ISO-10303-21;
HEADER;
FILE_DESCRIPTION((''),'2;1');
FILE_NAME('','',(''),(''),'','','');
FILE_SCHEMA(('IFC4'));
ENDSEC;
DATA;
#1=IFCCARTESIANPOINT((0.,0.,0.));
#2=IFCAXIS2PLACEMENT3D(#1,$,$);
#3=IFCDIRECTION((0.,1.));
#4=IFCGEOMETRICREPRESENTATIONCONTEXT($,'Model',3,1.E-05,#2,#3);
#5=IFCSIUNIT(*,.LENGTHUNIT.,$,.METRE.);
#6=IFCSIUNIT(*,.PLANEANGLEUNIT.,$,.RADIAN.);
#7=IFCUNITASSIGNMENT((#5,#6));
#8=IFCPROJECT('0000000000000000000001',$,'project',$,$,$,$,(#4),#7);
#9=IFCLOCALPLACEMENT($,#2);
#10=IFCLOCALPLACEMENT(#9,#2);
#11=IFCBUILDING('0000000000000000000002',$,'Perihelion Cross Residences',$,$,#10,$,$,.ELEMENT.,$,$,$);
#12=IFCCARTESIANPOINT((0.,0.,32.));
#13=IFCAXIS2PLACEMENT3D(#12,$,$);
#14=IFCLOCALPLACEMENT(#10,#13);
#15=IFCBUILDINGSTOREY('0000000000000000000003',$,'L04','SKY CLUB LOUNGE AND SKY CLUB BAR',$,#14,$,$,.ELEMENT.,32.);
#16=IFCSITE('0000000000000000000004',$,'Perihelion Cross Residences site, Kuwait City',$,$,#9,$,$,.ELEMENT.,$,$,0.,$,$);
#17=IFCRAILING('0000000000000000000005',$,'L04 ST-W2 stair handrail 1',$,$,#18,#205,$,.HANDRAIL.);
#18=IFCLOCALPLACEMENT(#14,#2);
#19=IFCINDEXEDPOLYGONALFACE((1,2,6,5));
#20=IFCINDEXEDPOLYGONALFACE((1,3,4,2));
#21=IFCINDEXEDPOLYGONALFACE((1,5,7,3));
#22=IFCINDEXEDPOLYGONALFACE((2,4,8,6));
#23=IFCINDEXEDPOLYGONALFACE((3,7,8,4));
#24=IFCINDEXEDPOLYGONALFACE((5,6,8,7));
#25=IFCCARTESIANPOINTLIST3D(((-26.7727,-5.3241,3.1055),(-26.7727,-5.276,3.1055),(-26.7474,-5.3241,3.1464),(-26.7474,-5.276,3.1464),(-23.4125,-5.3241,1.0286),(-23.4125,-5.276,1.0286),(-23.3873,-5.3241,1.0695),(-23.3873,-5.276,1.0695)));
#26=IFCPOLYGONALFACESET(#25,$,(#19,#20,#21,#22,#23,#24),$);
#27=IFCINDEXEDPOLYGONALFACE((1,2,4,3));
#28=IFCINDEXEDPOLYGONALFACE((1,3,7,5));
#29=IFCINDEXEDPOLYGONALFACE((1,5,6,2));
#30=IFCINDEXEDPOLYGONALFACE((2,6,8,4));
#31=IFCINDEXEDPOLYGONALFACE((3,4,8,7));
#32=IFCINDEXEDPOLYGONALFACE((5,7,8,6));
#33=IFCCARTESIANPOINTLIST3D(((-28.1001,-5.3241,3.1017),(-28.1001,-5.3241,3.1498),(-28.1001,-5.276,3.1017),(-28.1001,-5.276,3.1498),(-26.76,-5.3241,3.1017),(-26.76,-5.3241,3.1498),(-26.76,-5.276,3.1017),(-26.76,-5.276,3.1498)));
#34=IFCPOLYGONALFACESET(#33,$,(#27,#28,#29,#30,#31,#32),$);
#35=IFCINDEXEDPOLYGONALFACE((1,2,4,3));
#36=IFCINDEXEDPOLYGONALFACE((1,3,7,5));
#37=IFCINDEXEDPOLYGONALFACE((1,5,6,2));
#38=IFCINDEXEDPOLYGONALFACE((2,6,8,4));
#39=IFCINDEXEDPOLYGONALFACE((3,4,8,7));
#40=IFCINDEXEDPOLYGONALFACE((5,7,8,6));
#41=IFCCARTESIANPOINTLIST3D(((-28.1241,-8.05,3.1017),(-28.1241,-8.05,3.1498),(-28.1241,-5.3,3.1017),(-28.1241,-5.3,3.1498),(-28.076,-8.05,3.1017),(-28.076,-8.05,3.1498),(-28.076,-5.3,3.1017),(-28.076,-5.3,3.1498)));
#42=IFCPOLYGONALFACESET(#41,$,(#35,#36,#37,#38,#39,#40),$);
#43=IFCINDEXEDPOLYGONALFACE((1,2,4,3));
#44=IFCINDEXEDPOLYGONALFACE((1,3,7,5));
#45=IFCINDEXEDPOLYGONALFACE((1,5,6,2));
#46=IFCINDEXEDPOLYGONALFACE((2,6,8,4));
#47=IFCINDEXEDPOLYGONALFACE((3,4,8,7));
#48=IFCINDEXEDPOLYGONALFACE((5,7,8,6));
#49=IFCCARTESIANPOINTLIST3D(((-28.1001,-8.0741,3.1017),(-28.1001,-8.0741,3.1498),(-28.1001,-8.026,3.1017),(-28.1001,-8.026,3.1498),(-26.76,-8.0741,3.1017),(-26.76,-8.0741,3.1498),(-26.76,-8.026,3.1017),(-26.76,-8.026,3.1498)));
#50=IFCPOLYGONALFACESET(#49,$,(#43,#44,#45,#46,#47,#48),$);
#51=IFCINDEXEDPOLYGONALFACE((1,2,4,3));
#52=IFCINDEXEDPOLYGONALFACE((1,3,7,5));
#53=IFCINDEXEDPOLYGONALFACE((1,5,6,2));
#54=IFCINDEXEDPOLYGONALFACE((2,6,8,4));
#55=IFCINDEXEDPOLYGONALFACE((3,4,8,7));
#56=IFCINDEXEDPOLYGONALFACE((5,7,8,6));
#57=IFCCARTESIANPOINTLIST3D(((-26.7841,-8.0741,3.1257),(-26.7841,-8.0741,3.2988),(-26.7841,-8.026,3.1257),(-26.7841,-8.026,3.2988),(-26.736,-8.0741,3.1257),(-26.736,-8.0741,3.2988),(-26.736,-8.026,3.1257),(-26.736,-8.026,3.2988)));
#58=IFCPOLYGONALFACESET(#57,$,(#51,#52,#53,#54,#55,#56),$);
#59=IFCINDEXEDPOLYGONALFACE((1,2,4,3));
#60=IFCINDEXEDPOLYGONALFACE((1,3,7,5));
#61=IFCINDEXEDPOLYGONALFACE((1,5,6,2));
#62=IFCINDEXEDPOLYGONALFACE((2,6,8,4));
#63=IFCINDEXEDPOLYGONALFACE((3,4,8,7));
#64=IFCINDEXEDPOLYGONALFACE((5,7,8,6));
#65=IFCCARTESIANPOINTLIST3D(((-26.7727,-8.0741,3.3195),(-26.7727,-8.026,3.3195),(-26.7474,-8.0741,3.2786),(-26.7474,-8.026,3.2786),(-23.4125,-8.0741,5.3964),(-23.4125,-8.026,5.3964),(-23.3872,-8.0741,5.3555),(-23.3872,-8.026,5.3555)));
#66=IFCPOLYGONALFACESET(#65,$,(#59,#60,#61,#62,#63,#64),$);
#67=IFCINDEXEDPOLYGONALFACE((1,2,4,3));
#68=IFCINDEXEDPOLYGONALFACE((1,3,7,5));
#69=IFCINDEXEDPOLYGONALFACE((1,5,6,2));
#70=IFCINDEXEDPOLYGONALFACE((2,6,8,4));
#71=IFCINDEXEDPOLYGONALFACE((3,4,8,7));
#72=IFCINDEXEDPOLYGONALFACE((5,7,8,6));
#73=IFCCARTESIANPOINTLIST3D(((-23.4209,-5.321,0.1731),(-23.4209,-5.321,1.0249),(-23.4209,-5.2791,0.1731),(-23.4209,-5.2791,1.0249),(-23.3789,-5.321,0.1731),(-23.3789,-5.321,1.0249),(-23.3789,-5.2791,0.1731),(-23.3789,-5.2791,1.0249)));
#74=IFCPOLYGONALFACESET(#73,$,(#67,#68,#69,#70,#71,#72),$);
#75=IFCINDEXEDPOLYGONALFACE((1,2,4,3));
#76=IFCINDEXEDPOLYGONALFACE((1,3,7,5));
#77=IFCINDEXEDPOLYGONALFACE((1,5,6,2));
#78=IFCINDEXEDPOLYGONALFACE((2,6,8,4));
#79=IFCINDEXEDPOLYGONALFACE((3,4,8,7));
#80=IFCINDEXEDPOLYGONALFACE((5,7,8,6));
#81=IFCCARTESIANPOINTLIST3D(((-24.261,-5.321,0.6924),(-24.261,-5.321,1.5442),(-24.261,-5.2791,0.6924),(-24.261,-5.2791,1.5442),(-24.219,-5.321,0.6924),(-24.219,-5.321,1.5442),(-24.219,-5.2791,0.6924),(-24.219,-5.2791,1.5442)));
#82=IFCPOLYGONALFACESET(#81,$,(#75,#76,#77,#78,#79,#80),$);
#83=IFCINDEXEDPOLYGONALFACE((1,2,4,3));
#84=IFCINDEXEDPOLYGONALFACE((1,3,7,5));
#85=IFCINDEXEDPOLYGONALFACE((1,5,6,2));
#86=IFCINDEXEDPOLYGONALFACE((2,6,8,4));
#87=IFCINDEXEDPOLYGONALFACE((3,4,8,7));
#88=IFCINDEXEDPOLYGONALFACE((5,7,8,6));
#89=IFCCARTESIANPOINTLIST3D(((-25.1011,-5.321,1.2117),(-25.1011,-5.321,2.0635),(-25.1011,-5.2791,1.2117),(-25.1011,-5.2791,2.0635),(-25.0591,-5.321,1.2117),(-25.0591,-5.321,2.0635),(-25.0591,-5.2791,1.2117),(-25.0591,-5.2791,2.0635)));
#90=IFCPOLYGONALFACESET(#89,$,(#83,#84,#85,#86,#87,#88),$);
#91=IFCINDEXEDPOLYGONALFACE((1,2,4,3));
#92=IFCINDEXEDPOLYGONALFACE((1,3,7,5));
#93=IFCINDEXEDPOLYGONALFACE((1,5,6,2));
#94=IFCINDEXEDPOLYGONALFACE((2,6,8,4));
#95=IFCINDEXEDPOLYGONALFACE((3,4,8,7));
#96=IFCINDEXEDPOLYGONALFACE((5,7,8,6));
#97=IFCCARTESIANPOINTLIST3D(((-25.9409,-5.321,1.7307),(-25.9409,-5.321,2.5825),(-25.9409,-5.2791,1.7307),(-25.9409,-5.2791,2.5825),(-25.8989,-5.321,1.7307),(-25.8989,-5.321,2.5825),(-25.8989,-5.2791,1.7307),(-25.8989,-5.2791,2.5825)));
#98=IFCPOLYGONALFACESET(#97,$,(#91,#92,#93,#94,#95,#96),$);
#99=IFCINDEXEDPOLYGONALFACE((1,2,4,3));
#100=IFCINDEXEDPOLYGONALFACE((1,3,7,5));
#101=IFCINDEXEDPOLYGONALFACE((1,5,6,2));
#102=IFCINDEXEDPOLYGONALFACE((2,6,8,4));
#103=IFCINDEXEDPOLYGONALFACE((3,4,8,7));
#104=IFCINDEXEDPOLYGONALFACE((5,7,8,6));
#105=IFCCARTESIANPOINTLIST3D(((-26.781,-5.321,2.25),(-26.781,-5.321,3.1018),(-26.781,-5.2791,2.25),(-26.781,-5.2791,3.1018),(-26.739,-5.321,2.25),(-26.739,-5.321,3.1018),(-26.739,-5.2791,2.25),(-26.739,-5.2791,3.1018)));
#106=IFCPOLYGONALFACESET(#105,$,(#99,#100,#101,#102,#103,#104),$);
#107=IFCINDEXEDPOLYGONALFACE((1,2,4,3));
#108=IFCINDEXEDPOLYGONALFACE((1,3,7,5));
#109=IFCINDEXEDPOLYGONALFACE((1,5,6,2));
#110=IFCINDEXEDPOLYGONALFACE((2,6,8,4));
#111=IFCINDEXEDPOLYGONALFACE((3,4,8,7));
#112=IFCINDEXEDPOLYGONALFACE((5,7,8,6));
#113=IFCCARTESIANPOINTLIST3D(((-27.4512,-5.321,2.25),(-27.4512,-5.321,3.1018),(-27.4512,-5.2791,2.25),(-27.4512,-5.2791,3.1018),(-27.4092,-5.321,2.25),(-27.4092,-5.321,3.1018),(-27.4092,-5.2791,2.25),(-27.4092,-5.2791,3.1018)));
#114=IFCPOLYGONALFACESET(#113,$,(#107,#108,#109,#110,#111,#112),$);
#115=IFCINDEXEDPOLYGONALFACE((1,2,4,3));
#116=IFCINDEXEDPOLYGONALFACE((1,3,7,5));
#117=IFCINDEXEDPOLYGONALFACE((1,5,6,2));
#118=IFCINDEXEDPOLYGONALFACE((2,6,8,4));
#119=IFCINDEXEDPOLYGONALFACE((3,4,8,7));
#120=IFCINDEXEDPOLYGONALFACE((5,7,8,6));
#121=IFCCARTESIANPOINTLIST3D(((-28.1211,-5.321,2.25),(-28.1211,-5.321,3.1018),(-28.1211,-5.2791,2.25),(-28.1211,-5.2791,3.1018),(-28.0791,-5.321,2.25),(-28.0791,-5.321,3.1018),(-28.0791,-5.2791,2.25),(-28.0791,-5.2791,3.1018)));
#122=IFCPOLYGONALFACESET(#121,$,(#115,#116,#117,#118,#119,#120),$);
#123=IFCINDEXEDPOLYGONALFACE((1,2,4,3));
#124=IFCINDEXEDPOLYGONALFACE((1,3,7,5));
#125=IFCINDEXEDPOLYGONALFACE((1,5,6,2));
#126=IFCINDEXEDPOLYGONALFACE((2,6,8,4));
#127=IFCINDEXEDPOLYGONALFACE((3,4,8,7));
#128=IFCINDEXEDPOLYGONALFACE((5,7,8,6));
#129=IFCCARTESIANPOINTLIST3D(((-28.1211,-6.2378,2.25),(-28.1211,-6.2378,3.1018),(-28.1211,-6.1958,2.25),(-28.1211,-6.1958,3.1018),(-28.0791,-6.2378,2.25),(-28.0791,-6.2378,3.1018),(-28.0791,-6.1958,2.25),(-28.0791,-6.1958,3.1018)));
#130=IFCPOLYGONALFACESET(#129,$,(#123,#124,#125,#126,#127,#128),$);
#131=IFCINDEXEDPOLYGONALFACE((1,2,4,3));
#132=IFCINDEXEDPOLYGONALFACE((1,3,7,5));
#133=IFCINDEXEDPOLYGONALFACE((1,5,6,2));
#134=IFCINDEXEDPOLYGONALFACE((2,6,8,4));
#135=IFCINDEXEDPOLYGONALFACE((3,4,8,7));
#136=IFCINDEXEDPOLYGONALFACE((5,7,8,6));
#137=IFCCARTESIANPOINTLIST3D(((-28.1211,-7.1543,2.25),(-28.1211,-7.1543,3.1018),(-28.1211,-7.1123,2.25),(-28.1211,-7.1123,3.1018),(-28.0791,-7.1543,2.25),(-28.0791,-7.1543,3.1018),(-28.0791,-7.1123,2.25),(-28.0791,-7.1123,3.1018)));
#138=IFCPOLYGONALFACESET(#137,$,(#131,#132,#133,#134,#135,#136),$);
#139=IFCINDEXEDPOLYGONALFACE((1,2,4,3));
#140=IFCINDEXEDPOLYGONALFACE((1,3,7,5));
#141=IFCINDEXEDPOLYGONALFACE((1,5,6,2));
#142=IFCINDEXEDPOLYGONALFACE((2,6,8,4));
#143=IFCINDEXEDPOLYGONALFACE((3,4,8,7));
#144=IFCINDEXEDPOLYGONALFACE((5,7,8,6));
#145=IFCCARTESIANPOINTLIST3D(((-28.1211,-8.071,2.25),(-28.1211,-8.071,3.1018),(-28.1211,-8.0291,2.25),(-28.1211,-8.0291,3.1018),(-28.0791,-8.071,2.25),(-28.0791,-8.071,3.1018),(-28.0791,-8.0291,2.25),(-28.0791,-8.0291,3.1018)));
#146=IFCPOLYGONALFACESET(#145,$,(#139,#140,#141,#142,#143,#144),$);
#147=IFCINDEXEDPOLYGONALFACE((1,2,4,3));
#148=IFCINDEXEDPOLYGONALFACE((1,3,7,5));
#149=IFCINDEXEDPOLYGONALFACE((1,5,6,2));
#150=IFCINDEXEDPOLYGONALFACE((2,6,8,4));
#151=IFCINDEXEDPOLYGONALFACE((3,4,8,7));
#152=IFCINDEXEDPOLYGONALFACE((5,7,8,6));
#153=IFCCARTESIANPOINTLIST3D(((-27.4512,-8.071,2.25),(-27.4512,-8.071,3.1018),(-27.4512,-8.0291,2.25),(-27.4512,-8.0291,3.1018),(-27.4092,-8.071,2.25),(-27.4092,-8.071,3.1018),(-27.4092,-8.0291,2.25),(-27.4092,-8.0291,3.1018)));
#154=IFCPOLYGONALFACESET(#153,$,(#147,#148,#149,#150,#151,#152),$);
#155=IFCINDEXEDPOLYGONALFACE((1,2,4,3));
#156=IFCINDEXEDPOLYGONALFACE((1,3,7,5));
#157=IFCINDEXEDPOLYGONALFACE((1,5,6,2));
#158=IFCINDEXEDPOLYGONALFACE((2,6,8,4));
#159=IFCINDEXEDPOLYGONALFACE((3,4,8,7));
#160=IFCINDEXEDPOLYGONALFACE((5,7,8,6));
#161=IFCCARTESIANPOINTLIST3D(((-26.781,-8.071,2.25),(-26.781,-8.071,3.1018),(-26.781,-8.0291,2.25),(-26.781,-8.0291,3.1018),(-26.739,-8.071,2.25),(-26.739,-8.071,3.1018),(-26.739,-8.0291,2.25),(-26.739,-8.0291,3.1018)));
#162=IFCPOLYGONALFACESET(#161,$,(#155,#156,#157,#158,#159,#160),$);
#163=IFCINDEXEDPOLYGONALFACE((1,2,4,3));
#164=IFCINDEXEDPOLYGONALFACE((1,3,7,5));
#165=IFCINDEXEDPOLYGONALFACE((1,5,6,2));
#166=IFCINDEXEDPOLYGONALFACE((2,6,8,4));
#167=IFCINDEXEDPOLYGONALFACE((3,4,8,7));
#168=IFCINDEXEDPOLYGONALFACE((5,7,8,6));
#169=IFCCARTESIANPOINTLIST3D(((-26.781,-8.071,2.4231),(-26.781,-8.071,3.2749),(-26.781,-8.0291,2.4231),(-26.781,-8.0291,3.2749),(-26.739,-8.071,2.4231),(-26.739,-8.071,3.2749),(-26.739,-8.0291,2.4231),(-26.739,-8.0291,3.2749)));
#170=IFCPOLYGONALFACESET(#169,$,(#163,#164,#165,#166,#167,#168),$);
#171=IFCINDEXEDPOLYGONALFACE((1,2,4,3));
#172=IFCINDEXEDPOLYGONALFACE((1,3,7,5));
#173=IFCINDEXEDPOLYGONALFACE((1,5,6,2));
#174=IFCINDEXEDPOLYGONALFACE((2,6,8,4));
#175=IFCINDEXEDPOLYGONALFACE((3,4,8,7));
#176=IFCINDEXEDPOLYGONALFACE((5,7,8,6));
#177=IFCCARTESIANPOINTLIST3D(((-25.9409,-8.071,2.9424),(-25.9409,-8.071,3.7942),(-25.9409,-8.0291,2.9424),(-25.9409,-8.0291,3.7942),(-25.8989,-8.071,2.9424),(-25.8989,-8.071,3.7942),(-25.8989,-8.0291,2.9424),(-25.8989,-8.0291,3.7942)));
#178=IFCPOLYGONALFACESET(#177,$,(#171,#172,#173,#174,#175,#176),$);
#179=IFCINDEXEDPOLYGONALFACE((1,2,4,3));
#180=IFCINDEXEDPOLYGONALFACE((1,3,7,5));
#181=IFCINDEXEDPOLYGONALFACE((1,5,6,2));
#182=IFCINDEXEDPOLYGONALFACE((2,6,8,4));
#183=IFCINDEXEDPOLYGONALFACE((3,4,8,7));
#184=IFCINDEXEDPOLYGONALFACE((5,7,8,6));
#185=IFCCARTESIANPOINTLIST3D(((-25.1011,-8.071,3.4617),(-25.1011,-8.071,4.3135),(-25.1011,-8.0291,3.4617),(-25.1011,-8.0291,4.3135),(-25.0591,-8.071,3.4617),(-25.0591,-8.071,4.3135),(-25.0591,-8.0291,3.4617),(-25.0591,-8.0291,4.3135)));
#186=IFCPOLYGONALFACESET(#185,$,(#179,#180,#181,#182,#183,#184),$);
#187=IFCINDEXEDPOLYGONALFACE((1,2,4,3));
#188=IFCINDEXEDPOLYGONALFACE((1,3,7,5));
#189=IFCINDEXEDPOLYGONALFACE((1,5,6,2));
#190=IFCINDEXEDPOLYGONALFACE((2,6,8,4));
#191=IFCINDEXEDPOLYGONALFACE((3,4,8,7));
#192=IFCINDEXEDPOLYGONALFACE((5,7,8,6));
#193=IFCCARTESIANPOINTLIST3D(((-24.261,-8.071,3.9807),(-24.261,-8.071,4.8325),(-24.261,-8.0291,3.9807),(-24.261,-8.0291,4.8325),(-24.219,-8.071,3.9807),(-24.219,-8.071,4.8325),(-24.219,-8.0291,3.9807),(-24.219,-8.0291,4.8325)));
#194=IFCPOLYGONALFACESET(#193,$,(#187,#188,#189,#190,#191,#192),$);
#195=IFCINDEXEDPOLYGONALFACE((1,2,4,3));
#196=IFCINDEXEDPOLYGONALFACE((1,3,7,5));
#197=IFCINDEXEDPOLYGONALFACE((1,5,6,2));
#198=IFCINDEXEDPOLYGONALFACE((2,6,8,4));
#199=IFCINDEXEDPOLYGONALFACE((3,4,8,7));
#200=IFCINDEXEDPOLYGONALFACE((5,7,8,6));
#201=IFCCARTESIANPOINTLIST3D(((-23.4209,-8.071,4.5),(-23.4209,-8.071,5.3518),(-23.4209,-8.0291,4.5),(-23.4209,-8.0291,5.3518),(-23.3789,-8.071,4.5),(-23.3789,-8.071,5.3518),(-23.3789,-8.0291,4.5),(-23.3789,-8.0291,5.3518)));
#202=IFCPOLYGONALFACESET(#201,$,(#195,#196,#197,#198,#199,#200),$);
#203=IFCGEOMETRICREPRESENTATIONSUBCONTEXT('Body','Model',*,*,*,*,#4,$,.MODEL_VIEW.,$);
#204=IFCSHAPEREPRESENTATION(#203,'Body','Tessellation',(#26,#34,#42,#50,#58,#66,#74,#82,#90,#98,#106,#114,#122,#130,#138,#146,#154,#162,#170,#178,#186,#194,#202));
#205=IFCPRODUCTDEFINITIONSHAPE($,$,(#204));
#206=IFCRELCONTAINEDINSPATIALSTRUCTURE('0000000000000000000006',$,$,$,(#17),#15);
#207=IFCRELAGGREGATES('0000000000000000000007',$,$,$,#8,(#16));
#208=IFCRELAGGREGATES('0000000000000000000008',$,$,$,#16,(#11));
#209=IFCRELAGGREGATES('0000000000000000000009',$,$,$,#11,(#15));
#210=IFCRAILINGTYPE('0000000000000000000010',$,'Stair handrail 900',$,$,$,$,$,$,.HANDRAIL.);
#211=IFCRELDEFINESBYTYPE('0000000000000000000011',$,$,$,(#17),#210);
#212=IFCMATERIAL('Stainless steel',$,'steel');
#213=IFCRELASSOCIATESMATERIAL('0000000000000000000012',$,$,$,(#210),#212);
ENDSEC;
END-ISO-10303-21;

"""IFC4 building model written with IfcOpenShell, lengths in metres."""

from ifc_helpers import new_model, si_unit, direction, frame, origin, origin_2d, place, context, subcontext, project, spatial, rectangle, extrude, material, type_object, element, save


model = new_model("IFC4")

# Units and contexts
model_context = context("Model", 3, precision=1e-05, world=origin(), true_north=direction((0.0, 1.0)))
body_context = subcontext(model_context, "Body", "Model", "MODEL_VIEW")
ifc_project = project(units=[si_unit("LENGTHUNIT", "METRE"), si_unit("PLANEANGLEUNIT", "RADIAN")], contexts=[model_context])

# Site, building, storey
site_placement = place(None, origin())
site = spatial("IfcSite", under=ifc_project, at=site_placement, Name="Perihelion Cross Residences site, Kuwait City", CompositionType="ELEMENT", RefElevation=0.0)
building_placement = place(site_placement, origin())
building = spatial("IfcBuilding", under=site, at=building_placement, Name="Perihelion Cross Residences", CompositionType="ELEMENT")
storey_placement = place(building_placement, frame((0.0, 0.0, 32.0)))
storey = spatial("IfcBuildingStorey", under=building, at=storey_placement, Name="L04", Description="SKY CLUB LOUNGE AND SKY CLUB BAR", CompositionType="ELEMENT", Elevation=32.0)

# Railing
ifc_material_1 = material(Name="Stainless steel", Category="steel")
railing_type_1 = type_object("IfcRailingType", Name="Stair handrail 900", PredefinedType="HANDRAIL", material=ifc_material_1)
railing_1_placement = place(storey_placement, frame((-23.3999, -5.3, 0.1731)))
element("IfcRailing", 1, at=railing_1_placement, inside=storey, type_object=railing_type_1, Name="L04 ST-W2 stair handrail 1", PredefinedType="HANDRAIL", context=body_context, shape_type="SweptSolid", body=[
    extrude(rectangle(XDim=0.0481, YDim=0.0481, at=origin_2d()), frame((0.0, 0.0, 0.876), z_axis=(-0.850623, 0.0, 0.525776), x_axis=(0.0, -1.0, 0.0)), (0.0, 0.0, 1.0), 3.9502),
    extrude(rectangle(XDim=0.0481, YDim=0.0481, at=origin_2d()), frame((-3.3601, 0.0, 2.9526), z_axis=(-1.0, 0.0, 0.0), x_axis=(0.0, -1.0, 0.0)), (0.0, 0.0, 1.0), 1.3401),
    extrude(rectangle(XDim=0.0481, YDim=0.0481, at=origin_2d()), frame((-4.7002, 0.0, 2.9526), z_axis=(0.0, -1.0, 0.0), x_axis=(1.0, 0.0, 0.0)), (0.0, 0.0, 1.0), 2.75),
    extrude(rectangle(XDim=0.0481, YDim=0.0481, at=origin_2d()), frame((-4.7002, -2.75, 2.9526), z_axis=(1.0, 0.0, 0.0), x_axis=(0.0, 1.0, 0.0)), (0.0, 0.0, 1.0), 1.3401),
    extrude(rectangle(XDim=0.0481, YDim=0.0481, at=origin_2d()), frame((-3.3601, -2.75, 2.9526), z_axis=(0.0, 0.0, 1.0), x_axis=(1.0, 0.0, 0.0)), (0.0, 0.0, 1.0), 0.1731),
    extrude(rectangle(XDim=0.0481, YDim=0.0481, at=origin_2d()), frame((-3.3601, -2.75, 3.126), z_axis=(0.850623, 0.0, 0.525776), x_axis=(0.0, 1.0, 0.0)), (0.0, 0.0, 1.0), 3.9502),
    extrude(rectangle(XDim=0.042, YDim=0.042, at=origin_2d()), origin(), (0.0, 0.0, 1.0), 0.8518),
    extrude(rectangle(XDim=0.042, YDim=0.042, at=origin_2d()), frame((-0.8401, 0.0, 0.5193)), (0.0, 0.0, 1.0), 0.8518),
    extrude(rectangle(XDim=0.042, YDim=0.042, at=origin_2d()), frame((-1.6802, 0.0, 1.0386)), (0.0, 0.0, 1.0), 0.8518),
    extrude(rectangle(XDim=0.042, YDim=0.042, at=origin_2d()), frame((-2.52, 0.0, 1.5576)), (0.0, 0.0, 1.0), 0.8518),
    extrude(rectangle(XDim=0.042, YDim=0.042, at=origin_2d()), frame((-3.3601, 0.0, 2.0769)), (0.0, 0.0, 1.0), 0.8518),
    extrude(rectangle(XDim=0.042, YDim=0.042, at=origin_2d()), frame((-4.0303, 0.0, 2.0769)), (0.0, 0.0, 1.0), 0.8518),
    extrude(rectangle(XDim=0.042, YDim=0.042, at=origin_2d()), frame((-4.7002, 0.0, 2.0769)), (0.0, 0.0, 1.0), 0.8518),
    extrude(rectangle(XDim=0.042, YDim=0.042, at=origin_2d()), frame((-4.7002, -0.9167, 2.0769)), (0.0, 0.0, 1.0), 0.8518),
    extrude(rectangle(XDim=0.042, YDim=0.042, at=origin_2d()), frame((-4.7002, -1.8333, 2.0769)), (0.0, 0.0, 1.0), 0.8518),
    extrude(rectangle(XDim=0.042, YDim=0.042, at=origin_2d()), frame((-4.7002, -2.75, 2.0769)), (0.0, 0.0, 1.0), 0.8518),
    extrude(rectangle(XDim=0.042, YDim=0.042, at=origin_2d()), frame((-4.0303, -2.75, 2.0769)), (0.0, 0.0, 1.0), 0.8518),
    extrude(rectangle(XDim=0.042, YDim=0.042, at=origin_2d()), frame((-3.3601, -2.75, 2.0769)), (0.0, 0.0, 1.0), 0.8518),
    extrude(rectangle(XDim=0.042, YDim=0.042, at=origin_2d()), frame((-3.3601, -2.75, 2.25)), (0.0, 0.0, 1.0), 0.8518),
    extrude(rectangle(XDim=0.042, YDim=0.042, at=origin_2d()), frame((-2.52, -2.75, 2.7693)), (0.0, 0.0, 1.0), 0.8518),
    extrude(rectangle(XDim=0.042, YDim=0.042, at=origin_2d()), frame((-1.6802, -2.75, 3.2886)), (0.0, 0.0, 1.0), 0.8518),
    extrude(rectangle(XDim=0.042, YDim=0.042, at=origin_2d()), frame((-0.8401, -2.75, 3.8076)), (0.0, 0.0, 1.0), 0.8518),
    extrude(rectangle(XDim=0.042, YDim=0.042, at=origin_2d()), frame((0.0, -2.75, 4.3269)), (0.0, 0.0, 1.0), 0.8518),
])

save(model, "model.ifc")
